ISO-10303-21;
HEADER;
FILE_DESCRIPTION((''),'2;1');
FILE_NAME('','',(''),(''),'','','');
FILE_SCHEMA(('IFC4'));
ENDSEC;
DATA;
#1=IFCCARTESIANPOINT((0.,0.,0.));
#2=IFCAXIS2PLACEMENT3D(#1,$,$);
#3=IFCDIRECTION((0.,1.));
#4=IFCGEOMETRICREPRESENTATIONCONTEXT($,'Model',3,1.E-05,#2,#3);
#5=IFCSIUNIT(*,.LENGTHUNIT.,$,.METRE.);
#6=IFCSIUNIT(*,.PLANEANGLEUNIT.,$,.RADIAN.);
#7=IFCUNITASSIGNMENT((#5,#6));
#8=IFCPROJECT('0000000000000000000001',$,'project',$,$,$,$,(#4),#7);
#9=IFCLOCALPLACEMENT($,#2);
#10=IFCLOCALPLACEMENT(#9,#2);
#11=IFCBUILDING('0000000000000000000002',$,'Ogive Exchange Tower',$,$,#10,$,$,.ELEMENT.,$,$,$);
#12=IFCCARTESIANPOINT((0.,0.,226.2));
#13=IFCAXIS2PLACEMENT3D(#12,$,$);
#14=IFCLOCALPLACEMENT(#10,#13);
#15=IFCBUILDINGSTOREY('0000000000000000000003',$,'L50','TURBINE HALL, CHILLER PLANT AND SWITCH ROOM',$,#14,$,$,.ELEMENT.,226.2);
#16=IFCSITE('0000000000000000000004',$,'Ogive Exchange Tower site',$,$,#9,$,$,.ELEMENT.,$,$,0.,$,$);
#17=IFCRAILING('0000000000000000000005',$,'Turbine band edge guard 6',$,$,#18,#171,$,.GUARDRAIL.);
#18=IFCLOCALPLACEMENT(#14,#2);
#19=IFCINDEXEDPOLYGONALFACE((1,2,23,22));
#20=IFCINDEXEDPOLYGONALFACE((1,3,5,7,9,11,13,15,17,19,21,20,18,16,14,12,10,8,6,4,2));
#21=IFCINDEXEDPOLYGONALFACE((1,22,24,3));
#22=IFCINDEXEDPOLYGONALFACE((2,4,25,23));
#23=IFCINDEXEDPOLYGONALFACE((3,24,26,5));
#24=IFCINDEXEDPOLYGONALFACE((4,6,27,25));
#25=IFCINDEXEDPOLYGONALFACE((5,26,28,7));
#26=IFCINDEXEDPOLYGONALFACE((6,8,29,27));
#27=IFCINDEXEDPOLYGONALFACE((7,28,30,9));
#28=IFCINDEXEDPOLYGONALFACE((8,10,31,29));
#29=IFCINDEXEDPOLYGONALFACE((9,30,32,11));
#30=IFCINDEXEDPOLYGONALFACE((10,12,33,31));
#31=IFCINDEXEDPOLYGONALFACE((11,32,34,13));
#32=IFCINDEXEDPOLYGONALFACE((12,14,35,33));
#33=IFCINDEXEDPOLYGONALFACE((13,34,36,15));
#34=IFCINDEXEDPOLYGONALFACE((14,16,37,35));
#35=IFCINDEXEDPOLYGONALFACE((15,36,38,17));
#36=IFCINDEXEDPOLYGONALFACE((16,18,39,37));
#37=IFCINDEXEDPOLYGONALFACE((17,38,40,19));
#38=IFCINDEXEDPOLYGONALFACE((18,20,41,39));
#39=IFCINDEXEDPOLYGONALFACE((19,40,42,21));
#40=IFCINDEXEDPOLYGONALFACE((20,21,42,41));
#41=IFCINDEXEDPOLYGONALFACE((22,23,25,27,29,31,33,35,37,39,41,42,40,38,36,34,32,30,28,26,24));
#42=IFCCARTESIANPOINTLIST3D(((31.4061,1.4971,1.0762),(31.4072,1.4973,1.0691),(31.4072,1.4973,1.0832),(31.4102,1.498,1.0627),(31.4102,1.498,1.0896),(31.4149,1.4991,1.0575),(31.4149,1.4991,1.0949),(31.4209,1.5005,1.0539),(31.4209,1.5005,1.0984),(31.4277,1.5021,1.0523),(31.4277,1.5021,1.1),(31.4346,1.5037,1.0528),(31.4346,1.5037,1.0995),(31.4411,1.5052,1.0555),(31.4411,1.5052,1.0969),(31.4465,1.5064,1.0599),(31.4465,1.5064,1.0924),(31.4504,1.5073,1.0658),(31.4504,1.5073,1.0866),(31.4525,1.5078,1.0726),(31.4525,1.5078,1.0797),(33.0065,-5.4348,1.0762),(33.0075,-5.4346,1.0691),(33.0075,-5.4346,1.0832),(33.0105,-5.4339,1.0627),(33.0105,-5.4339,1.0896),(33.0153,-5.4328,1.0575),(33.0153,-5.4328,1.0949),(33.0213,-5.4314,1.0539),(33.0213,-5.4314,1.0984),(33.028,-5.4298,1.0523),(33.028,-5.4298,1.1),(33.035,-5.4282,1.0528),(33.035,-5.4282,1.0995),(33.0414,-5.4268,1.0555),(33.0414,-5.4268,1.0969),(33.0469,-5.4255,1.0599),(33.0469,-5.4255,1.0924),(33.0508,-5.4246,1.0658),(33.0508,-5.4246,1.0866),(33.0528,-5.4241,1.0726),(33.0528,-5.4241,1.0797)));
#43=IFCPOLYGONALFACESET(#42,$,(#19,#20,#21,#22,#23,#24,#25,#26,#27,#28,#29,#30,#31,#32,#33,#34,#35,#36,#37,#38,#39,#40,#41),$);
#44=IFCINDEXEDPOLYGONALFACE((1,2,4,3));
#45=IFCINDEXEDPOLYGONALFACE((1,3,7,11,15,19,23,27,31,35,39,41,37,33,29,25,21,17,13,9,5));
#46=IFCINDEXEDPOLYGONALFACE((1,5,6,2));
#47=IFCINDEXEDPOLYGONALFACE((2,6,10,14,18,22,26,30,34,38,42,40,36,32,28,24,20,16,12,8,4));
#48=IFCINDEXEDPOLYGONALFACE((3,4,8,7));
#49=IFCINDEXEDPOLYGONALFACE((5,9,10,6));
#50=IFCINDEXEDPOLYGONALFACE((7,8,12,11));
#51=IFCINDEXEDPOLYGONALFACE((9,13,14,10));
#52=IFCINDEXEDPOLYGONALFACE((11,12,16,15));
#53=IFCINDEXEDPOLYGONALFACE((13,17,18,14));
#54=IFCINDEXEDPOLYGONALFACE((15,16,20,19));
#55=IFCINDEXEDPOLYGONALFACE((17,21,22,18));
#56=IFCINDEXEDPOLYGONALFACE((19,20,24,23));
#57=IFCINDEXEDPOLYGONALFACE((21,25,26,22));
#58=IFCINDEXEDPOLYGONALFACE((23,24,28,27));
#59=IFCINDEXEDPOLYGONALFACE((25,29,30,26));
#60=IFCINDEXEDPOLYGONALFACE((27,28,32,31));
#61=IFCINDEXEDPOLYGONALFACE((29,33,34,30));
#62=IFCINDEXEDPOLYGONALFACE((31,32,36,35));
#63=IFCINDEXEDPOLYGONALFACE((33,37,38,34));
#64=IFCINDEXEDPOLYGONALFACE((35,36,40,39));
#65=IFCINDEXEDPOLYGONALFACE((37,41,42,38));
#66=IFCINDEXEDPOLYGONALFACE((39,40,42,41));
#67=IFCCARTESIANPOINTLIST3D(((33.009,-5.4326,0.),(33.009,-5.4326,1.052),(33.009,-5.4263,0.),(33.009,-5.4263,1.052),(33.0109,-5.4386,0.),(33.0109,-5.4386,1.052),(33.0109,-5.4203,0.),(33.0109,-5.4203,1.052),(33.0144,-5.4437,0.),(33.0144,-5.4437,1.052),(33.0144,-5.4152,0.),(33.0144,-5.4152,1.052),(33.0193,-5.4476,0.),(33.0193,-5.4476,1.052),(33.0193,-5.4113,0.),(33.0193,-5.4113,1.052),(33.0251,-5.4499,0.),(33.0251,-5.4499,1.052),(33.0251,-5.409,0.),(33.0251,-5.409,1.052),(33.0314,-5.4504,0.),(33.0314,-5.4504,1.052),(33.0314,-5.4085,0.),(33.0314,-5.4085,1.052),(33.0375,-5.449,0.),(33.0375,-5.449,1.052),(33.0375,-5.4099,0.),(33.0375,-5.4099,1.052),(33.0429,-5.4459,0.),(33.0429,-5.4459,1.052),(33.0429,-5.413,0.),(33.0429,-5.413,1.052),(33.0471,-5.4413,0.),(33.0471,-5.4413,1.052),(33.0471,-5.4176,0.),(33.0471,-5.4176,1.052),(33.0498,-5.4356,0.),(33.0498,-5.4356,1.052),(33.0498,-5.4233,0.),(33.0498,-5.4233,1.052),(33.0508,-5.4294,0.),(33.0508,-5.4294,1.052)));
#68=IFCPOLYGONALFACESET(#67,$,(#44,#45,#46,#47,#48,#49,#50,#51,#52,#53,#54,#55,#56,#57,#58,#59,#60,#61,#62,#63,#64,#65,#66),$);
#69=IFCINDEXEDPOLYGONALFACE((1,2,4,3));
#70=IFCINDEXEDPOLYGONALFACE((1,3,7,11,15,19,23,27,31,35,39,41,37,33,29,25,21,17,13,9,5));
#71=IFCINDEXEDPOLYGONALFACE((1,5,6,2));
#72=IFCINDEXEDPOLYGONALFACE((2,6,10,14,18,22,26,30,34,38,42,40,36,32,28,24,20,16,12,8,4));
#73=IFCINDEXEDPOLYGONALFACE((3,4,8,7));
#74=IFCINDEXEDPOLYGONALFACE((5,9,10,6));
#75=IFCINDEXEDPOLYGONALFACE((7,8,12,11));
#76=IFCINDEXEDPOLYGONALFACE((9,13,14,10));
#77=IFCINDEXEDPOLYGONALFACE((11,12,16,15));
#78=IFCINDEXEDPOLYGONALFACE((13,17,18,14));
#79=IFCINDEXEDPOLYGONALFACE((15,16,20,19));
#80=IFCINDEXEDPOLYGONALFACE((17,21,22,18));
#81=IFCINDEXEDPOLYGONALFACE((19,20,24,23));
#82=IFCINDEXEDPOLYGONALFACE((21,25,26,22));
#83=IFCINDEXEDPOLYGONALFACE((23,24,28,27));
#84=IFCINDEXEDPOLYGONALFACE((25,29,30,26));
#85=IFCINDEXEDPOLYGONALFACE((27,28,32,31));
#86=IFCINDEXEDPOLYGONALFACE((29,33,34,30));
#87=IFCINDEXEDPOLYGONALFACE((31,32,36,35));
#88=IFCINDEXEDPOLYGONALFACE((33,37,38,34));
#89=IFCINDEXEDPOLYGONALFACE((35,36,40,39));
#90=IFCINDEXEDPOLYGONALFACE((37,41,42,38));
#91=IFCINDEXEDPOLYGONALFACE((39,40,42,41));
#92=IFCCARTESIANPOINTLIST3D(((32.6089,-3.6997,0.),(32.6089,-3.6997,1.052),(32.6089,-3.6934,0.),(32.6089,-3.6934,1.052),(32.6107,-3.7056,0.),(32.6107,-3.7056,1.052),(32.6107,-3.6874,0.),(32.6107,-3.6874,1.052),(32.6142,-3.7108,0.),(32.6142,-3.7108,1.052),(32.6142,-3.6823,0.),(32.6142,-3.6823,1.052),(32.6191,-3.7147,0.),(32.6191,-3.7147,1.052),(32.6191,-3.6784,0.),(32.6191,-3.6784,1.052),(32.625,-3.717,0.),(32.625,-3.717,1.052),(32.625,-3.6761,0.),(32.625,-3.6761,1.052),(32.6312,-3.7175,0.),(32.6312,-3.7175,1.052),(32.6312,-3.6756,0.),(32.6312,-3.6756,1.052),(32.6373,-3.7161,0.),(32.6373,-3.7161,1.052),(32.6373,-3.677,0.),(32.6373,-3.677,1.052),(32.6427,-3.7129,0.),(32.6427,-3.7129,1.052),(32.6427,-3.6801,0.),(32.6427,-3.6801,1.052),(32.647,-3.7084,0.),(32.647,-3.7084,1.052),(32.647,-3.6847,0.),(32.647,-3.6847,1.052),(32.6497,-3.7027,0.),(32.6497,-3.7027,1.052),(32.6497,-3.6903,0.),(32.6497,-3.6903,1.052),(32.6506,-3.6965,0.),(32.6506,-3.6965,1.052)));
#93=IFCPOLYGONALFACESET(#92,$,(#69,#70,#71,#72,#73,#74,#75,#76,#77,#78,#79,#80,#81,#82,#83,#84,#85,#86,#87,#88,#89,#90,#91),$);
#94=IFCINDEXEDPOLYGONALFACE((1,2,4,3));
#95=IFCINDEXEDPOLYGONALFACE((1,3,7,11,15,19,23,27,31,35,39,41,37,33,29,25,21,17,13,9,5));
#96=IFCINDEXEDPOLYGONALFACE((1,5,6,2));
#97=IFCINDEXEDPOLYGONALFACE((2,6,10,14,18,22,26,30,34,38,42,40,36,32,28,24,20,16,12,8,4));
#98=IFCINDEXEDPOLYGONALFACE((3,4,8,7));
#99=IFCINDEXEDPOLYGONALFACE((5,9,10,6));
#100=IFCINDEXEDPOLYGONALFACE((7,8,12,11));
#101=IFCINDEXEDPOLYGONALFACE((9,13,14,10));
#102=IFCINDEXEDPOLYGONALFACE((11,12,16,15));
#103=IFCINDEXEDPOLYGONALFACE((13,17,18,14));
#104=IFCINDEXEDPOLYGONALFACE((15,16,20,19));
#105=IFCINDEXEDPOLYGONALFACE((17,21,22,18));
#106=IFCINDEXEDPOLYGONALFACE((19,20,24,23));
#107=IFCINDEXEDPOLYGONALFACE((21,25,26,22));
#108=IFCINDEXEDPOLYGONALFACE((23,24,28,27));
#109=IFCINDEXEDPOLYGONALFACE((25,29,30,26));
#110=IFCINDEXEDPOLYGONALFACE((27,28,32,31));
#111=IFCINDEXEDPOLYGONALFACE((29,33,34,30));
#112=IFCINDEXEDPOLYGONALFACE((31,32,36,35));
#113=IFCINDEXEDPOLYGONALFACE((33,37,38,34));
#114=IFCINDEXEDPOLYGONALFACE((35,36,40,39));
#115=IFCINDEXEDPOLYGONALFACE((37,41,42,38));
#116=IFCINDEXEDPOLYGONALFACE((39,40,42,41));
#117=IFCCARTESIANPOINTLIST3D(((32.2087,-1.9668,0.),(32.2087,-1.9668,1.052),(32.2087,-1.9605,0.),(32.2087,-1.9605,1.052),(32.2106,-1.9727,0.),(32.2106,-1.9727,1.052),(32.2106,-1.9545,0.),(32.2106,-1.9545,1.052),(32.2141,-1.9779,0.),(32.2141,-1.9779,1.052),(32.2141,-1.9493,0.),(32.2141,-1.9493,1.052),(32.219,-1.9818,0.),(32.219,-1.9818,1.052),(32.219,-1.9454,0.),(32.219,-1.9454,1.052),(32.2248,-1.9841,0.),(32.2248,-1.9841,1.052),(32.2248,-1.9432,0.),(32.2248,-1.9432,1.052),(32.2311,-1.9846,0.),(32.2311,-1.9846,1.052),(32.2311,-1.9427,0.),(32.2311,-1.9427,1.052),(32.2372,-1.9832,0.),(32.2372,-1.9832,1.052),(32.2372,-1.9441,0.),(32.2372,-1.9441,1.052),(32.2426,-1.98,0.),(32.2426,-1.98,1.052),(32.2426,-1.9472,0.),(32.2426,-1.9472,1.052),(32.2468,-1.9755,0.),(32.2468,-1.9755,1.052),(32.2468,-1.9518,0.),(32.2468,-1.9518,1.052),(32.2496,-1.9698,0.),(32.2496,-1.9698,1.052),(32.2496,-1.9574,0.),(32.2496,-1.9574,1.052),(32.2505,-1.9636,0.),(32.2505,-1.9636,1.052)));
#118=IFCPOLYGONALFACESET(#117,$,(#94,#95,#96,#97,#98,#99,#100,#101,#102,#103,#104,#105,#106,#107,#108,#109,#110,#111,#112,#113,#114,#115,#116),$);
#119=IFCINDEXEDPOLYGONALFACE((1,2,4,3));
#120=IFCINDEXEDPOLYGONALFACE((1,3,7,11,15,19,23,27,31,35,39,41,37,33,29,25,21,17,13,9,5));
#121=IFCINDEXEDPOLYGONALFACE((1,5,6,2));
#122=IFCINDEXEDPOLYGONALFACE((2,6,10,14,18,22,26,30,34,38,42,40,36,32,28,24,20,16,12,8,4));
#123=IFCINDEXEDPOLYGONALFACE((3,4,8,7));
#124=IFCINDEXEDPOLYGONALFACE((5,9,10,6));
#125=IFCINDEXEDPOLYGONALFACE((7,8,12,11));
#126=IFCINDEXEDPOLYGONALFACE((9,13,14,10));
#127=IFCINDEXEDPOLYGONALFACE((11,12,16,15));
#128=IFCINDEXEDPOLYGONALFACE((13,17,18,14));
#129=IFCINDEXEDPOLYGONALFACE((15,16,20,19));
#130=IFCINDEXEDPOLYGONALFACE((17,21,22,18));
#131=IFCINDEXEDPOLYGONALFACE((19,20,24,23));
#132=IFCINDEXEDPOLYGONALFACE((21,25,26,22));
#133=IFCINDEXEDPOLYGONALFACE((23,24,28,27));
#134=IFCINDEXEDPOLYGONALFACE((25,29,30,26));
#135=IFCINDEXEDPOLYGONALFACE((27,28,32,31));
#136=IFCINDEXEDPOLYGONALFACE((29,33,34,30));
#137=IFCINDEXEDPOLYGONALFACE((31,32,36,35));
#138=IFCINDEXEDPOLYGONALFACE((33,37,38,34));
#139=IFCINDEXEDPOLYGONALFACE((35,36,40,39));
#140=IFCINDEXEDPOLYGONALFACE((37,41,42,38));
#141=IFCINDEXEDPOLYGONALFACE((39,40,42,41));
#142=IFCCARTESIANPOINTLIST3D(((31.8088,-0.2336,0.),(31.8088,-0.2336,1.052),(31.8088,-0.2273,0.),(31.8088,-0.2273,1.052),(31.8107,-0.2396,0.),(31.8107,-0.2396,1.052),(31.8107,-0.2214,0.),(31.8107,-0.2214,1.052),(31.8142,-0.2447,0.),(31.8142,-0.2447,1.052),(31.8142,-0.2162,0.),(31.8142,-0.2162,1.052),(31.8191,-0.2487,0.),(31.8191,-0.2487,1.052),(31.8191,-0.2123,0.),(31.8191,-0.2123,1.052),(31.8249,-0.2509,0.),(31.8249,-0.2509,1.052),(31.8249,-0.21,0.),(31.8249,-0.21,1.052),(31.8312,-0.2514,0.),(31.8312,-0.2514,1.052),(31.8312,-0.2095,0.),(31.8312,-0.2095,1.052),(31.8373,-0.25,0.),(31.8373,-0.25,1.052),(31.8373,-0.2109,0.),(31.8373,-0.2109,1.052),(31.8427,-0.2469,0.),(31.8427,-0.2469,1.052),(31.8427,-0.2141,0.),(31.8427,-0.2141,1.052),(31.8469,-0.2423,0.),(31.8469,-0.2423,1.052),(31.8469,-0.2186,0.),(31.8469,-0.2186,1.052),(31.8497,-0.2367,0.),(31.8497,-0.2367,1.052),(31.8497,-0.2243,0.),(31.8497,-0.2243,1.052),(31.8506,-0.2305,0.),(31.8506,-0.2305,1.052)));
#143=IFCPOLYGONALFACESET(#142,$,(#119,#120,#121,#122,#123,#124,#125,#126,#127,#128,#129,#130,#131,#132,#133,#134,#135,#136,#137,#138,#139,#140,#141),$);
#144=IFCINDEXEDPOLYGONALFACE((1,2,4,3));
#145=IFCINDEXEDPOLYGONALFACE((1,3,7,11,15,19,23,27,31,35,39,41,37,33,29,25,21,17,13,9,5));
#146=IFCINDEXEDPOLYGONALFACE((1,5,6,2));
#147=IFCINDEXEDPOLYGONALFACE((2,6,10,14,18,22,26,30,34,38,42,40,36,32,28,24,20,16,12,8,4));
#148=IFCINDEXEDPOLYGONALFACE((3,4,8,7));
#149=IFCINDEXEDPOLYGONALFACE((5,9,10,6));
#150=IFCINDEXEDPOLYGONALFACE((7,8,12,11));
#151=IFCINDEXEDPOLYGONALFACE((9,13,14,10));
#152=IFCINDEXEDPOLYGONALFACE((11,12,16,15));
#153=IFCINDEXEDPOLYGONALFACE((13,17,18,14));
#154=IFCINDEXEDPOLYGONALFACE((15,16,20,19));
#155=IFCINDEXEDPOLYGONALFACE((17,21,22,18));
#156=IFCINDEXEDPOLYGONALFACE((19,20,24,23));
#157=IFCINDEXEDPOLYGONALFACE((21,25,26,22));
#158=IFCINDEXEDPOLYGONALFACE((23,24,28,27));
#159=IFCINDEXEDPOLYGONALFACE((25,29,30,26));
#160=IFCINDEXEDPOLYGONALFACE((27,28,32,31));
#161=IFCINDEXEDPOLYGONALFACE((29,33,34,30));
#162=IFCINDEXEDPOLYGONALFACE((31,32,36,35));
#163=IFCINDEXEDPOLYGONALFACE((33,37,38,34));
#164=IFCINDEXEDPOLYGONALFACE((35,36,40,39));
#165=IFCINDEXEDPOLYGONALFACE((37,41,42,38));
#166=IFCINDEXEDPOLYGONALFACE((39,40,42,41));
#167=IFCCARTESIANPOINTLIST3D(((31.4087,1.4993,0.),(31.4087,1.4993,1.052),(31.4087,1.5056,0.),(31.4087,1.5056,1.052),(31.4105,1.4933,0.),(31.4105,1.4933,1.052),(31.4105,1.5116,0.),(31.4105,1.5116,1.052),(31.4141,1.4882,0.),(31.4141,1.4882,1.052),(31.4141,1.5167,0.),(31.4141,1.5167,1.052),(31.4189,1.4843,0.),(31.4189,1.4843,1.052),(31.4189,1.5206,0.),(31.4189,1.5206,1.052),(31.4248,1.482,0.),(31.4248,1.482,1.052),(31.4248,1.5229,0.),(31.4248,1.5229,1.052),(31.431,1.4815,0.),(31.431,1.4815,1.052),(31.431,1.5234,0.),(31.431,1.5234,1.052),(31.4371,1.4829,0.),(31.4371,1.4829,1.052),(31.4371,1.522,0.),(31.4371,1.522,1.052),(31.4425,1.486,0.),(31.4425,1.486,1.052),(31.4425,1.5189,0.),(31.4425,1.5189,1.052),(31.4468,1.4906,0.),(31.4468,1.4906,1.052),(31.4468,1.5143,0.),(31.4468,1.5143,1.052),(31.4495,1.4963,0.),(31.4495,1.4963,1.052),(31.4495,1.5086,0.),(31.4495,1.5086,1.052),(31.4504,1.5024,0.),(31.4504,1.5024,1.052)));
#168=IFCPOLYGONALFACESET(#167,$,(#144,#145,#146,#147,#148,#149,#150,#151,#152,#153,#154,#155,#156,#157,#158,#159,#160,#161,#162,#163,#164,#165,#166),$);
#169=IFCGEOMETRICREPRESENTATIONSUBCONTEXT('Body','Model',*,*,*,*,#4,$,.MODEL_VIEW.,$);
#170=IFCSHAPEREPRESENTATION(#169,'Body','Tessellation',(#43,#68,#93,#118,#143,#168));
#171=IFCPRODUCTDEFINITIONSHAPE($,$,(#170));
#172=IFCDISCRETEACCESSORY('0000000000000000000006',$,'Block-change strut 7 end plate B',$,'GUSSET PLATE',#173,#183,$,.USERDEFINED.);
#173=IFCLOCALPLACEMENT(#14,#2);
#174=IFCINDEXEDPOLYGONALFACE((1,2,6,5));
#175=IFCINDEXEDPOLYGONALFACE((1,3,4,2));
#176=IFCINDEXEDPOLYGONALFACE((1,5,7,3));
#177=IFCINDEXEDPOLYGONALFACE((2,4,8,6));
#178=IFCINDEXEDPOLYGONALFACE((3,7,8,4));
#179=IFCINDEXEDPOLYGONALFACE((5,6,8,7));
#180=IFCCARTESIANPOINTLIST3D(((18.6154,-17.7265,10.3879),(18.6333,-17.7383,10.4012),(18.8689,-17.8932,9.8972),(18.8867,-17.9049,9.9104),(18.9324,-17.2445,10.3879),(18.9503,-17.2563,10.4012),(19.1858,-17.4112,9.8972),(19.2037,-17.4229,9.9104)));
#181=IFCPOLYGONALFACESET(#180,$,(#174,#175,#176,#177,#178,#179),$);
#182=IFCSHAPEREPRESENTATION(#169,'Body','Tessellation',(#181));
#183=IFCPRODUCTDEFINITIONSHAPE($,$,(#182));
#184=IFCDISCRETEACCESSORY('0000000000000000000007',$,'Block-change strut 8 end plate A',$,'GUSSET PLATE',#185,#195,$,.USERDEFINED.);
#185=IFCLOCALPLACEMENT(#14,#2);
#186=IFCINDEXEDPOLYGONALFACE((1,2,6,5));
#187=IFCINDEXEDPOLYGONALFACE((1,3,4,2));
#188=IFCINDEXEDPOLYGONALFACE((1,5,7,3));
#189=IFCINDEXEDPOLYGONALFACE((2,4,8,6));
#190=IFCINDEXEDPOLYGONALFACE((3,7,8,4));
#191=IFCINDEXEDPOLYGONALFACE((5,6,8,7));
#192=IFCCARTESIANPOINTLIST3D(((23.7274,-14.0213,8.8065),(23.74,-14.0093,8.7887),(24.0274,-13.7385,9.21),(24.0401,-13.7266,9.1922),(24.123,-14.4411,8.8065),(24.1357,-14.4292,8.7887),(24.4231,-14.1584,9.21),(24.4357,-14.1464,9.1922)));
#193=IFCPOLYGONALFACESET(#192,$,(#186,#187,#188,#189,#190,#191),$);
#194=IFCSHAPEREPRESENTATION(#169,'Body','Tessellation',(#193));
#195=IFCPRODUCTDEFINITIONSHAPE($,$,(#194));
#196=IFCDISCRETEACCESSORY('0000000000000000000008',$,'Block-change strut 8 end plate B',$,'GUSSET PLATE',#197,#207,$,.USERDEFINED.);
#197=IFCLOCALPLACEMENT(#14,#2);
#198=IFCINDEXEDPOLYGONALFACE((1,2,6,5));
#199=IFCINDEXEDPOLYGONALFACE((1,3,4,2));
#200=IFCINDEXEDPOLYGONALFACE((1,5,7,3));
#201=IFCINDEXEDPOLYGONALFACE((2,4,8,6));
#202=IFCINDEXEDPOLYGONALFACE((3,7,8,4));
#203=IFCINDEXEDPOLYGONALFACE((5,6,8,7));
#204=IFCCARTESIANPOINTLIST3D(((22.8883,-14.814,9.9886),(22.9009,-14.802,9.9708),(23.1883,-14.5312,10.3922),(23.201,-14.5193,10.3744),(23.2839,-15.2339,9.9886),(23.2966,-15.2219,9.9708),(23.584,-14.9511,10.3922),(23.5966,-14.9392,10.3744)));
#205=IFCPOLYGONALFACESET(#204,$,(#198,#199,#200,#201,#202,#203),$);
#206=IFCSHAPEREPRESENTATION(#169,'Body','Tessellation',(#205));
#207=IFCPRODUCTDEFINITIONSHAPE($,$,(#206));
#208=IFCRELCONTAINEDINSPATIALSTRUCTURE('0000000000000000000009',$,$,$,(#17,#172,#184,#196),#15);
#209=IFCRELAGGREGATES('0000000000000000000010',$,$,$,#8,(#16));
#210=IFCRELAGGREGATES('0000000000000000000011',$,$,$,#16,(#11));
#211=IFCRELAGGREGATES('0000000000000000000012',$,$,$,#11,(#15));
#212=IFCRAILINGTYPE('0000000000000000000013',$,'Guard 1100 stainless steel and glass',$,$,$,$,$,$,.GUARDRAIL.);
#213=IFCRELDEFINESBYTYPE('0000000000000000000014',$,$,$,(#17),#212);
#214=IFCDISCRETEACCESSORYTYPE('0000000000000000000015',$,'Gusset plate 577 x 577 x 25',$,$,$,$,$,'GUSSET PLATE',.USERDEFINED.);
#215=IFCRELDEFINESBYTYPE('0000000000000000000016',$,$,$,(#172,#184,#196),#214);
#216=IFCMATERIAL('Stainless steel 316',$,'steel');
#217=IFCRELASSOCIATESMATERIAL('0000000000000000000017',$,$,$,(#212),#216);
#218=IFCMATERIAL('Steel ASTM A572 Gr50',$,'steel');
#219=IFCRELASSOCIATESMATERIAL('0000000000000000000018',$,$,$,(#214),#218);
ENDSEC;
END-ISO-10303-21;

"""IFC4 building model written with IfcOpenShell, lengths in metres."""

from ifc_helpers import new_model, si_unit, direction, frame, origin, origin_2d, place, context, subcontext, project, spatial, rectangle, circle, extrude, material, material_profile, profile_set, type_object, element, save


model = new_model("IFC4")

# Units and contexts
model_context = context("Model", 3, precision=1e-05, world=origin(), true_north=direction((0.0, 1.0)))
body_context = subcontext(model_context, "Body", "Model", "MODEL_VIEW")
ifc_project = project(units=[si_unit("LENGTHUNIT", "METRE"), si_unit("PLANEANGLEUNIT", "RADIAN")], contexts=[model_context])

# Site, building, storey
site_placement = place(None, origin())
site = spatial("IfcSite", under=ifc_project, at=site_placement, Name="Ogive Exchange Tower site", CompositionType="ELEMENT", RefElevation=0.0)
building_placement = place(site_placement, origin())
building = spatial("IfcBuilding", under=site, at=building_placement, Name="Ogive Exchange Tower", CompositionType="ELEMENT")
storey_placement = place(building_placement, frame((0.0, 0.0, 226.2)))
storey = spatial("IfcBuildingStorey", under=building, at=storey_placement, Name="L50", Description="TURBINE HALL, CHILLER PLANT AND SWITCH ROOM", CompositionType="ELEMENT", Elevation=226.2)

# Railing
ifc_material_1 = material(Name="Stainless steel 316", Category="steel")
railing_type = type_object("IfcRailingType", Name="Guard 1100 stainless steel and glass", PredefinedType="GUARDRAIL", material=ifc_material_1)
railing_1_placement = place(storey_placement, frame((33.0298, -5.4294, 0.0)))
element("IfcRailing", 1, at=railing_1_placement, inside=storey, type_object=railing_type, Name="Turbine band edge guard 6", PredefinedType="GUARDRAIL", context=body_context, shape_type="SweptSolid", body=[
    extrude(circle(Radius=0.0239, at=origin_2d()), frame((0.0, 0.0, 1.0762), z_axis=(-0.22495, 0.97437, 0.0), x_axis=(-0.97437, -0.22495, 0.0)), (0.0, 0.0, 1.0), 7.1143),
    extrude(circle(Radius=0.021, at=origin_2d()), origin(), (0.0, 0.0, 1.0), 1.052),
    extrude(circle(Radius=0.021, at=origin_2d()), frame((-0.4001, 1.7329, 0.0)), (0.0, 0.0, 1.0), 1.052),
    extrude(circle(Radius=0.021, at=origin_2d()), frame((-0.8003, 3.4658, 0.0)), (0.0, 0.0, 1.0), 1.052),
    extrude(circle(Radius=0.021, at=origin_2d()), frame((-1.2002, 5.199, 0.0)), (0.0, 0.0, 1.0), 1.052),
    extrude(circle(Radius=0.021, at=origin_2d()), frame((-1.6003, 6.9319, 0.0)), (0.0, 0.0, 1.0), 1.052),
])

# Discrete accessories
ifc_material_2 = material(Name="Steel ASTM A572 Gr50", Category="steel")
ifc_material_profile_1 = material_profile(ifc_material_2, rectangle(XDim=0.5769, YDim=0.5769, at=origin_2d()), Name="PL 577 x 577 x 25")
ifc_profile_set_1 = profile_set([ifc_material_profile_1], Name="Steel ASTM A572 Gr50")
discrete_accessory_type_1 = type_object("IfcDiscreteAccessoryType", Name="Gusset plate 577 x 577 x 25", ElementType="GUSSET PLATE", PredefinedType="USERDEFINED", material=ifc_profile_set_1)
discrete_accessory_1_placement = place(storey_placement, frame((18.9006, -17.5688, 10.1426), z_axis=(0.710751, -0.467343, 0.525761), x_axis=(0.549406, 0.835555, 0.0)))
element("IfcDiscreteAccessory", 2, at=discrete_accessory_1_placement, inside=storey, type_object=discrete_accessory_type_1, Name="Block-change strut 7 end plate B", ObjectType="GUSSET PLATE", PredefinedType="USERDEFINED", context=body_context, shape_type="SweptSolid", body=[
    extrude(rectangle(XDim=0.5769, YDim=0.5769, at=origin_2d()), origin(), (0.0, 0.0, 1.0), 0.0251),
])
for number, where, z_axis, x_axis, name in (
    (3, (24.0879, -14.0779, 8.9905), (-0.50907, -0.479701, 0.714657), (0.685801, -0.727789, 0.0), "Block-change strut 8 end plate A"),
    (4, (23.2488, -14.8706, 10.1726), (-0.50907, -0.479701, 0.714657), (0.685801, -0.727789, 0.0), "Block-change strut 8 end plate B"),
):
    element("IfcDiscreteAccessory", number, at=place(storey_placement, frame(where, z_axis=z_axis, x_axis=x_axis)), inside=storey, type_object=discrete_accessory_type_1, Name=name, ObjectType="GUSSET PLATE", PredefinedType="USERDEFINED", context=body_context, shape_type="SweptSolid", body=[
        extrude(rectangle(XDim=0.5769, YDim=0.5769, at=origin_2d()), origin(), (0.0, 0.0, 1.0), 0.0249),
    ])

save(model, "model.ifc")
